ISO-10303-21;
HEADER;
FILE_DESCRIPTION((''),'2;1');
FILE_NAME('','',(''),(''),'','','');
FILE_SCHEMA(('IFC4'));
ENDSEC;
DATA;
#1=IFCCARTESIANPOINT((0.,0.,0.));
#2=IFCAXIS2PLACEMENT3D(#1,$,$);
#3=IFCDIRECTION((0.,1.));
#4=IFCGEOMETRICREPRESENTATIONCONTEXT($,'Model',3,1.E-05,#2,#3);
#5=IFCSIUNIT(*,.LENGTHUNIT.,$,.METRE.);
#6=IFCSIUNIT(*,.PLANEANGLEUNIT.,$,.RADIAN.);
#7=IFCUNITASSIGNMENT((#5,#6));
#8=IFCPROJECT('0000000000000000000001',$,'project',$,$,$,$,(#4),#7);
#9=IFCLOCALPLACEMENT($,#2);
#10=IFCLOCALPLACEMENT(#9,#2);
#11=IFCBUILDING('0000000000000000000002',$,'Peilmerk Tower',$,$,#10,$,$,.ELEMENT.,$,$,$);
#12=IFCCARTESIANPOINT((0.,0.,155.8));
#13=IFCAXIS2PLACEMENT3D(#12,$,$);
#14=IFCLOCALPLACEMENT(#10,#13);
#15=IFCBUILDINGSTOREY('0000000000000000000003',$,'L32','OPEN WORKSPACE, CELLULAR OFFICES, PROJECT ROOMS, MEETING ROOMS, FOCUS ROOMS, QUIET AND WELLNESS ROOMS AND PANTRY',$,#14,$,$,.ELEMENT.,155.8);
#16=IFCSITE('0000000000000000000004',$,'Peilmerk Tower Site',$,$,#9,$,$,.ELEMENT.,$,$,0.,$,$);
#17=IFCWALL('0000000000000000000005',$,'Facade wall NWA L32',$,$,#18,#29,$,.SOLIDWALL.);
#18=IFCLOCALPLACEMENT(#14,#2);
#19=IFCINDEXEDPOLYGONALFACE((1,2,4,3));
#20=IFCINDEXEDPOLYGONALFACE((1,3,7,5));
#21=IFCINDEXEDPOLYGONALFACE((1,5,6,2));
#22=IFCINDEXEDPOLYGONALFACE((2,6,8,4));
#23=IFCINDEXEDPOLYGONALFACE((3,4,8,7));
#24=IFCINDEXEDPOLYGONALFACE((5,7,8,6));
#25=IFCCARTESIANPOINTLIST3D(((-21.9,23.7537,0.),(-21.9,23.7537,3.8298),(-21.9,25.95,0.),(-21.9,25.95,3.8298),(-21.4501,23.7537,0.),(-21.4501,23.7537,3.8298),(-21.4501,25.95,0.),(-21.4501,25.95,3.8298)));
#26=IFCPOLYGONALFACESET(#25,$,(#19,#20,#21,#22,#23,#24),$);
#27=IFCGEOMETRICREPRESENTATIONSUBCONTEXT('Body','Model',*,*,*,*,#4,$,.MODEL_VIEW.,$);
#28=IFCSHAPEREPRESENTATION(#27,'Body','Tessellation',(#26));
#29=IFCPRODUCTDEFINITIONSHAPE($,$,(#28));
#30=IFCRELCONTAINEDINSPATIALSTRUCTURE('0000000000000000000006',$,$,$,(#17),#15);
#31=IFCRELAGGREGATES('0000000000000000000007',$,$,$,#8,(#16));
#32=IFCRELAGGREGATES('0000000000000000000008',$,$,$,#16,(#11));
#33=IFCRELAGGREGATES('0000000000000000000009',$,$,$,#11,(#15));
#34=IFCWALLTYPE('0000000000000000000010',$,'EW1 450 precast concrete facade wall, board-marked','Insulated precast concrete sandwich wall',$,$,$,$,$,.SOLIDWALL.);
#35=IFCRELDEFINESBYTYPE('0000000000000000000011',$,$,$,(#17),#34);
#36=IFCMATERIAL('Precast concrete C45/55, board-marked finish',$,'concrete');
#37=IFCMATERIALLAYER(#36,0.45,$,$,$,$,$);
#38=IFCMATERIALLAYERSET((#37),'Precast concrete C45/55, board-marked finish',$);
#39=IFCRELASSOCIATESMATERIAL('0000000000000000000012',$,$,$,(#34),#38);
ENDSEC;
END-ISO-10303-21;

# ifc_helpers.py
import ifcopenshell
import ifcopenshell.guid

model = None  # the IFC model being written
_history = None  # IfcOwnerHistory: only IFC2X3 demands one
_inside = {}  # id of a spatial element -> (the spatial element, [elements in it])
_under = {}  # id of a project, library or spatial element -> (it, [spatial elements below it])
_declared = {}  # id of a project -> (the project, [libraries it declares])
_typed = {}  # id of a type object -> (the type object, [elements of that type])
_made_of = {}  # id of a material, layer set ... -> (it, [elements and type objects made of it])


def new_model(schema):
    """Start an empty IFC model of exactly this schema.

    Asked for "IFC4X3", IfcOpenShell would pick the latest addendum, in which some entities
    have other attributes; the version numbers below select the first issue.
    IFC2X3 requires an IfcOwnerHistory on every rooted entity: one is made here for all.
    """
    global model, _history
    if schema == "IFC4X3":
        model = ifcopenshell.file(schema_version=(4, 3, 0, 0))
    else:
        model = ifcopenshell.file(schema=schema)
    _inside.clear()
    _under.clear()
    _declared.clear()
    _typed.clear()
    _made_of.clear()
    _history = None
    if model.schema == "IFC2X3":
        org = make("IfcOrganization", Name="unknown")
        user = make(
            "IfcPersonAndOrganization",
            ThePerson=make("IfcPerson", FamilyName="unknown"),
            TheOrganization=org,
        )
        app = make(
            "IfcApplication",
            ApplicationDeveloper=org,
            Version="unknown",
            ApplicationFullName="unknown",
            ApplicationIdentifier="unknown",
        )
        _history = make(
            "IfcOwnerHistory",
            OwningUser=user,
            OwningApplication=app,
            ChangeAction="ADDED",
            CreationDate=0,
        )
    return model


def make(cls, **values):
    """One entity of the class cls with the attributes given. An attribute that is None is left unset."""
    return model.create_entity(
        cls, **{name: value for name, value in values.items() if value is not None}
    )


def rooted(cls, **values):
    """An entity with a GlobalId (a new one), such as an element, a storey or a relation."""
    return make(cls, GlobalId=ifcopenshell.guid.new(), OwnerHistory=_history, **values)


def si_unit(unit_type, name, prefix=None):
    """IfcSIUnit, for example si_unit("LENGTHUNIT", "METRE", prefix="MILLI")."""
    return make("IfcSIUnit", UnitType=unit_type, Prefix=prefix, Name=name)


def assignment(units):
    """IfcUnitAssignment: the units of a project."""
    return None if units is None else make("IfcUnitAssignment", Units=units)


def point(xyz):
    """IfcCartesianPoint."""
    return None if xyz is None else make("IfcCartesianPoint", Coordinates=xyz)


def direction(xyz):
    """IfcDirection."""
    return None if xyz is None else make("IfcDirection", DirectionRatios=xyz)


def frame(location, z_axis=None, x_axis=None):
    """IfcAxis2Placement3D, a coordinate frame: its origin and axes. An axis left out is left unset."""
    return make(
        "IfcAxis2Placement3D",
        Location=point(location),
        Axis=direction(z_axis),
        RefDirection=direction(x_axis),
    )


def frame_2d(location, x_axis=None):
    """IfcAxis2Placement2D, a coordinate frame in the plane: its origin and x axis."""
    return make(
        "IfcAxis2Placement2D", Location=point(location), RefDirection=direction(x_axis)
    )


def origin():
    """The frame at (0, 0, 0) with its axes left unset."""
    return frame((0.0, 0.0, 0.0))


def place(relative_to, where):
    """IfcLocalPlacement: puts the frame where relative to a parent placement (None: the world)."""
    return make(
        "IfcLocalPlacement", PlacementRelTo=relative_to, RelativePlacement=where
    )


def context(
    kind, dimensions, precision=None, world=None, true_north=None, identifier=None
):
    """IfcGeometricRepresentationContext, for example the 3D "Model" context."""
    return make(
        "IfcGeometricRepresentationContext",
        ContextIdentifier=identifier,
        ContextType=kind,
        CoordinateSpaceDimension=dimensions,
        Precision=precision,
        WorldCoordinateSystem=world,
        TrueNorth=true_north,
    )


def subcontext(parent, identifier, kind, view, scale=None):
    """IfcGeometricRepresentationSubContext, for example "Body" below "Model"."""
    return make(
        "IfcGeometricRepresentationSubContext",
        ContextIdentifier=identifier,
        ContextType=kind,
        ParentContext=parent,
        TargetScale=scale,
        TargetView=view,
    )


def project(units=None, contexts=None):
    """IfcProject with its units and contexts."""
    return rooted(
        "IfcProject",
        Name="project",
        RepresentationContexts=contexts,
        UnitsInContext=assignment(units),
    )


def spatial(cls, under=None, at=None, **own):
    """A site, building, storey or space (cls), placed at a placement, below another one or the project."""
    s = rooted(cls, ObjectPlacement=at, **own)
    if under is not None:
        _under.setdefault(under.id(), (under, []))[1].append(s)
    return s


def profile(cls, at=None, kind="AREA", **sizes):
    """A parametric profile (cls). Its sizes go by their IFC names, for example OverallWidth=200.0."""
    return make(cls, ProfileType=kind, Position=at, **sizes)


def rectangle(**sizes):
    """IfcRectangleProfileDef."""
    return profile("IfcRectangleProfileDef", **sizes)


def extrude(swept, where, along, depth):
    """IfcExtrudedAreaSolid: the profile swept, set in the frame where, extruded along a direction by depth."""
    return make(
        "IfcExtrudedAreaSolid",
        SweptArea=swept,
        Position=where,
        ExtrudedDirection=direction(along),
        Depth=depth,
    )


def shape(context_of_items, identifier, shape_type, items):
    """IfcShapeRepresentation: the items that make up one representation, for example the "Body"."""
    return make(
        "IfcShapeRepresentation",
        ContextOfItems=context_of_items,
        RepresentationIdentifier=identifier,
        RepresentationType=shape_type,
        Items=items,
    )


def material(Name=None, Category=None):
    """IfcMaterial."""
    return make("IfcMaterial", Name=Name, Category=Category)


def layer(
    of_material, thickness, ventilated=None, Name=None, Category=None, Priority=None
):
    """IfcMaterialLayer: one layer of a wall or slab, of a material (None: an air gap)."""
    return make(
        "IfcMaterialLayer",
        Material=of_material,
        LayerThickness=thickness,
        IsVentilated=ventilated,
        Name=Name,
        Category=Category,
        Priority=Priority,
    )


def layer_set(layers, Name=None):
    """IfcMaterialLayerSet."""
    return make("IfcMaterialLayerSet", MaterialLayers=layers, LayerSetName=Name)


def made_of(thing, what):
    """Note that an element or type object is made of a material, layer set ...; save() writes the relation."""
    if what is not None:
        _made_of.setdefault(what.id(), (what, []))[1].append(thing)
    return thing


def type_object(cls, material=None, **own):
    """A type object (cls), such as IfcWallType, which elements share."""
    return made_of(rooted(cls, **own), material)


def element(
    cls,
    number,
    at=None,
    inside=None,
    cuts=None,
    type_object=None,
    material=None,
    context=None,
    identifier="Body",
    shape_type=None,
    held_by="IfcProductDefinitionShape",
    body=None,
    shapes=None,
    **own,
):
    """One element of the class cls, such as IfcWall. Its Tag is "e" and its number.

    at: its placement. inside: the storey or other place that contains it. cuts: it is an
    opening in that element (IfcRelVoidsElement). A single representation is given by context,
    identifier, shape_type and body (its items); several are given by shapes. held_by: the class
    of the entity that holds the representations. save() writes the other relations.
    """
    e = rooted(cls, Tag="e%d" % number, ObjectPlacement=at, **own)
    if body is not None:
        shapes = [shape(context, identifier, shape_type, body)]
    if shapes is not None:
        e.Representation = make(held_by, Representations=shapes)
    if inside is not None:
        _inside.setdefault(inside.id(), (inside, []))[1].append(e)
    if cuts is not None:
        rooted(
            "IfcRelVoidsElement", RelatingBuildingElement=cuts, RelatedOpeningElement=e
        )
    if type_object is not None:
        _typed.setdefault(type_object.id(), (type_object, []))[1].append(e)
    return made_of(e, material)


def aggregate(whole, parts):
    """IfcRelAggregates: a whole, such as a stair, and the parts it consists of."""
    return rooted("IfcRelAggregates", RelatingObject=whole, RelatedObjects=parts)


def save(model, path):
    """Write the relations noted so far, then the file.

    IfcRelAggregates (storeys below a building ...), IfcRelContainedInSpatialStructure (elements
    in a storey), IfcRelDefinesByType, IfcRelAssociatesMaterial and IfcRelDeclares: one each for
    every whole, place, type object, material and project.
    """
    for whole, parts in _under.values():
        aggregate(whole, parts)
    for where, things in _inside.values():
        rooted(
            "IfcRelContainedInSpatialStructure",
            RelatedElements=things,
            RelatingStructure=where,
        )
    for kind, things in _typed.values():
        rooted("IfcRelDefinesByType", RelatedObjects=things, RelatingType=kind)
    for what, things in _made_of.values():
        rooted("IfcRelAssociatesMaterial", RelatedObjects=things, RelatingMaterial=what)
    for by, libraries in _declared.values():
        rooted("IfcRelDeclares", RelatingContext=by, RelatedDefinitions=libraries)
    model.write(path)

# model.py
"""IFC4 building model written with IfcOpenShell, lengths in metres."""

from ifc_helpers import new_model, si_unit, direction, frame, frame_2d, origin, place, context, subcontext, project, spatial, rectangle, extrude, material, layer, layer_set, type_object, element, save


model = new_model("IFC4")

# Units and contexts
model_context = context("Model", 3, precision=1e-05, world=origin(), true_north=direction((0.0, 1.0)))
body_context = subcontext(model_context, "Body", "Model", "MODEL_VIEW")
ifc_project = project(units=[si_unit("LENGTHUNIT", "METRE"), si_unit("PLANEANGLEUNIT", "RADIAN")], contexts=[model_context])

# Site, building, storey
site_placement = place(None, origin())
site = spatial("IfcSite", under=ifc_project, at=site_placement, Name="Peilmerk Tower Site", CompositionType="ELEMENT", RefElevation=0.0)
building_placement = place(site_placement, origin())
building = spatial("IfcBuilding", under=site, at=building_placement, Name="Peilmerk Tower", CompositionType="ELEMENT")
storey_placement = place(building_placement, frame((0.0, 0.0, 155.8)))
storey = spatial("IfcBuildingStorey", under=building, at=storey_placement, Name="L32", Description="OPEN WORKSPACE, CELLULAR OFFICES, PROJECT ROOMS, MEETING ROOMS, FOCUS ROOMS, QUIET AND WELLNESS ROOMS AND PANTRY", CompositionType="ELEMENT", Elevation=155.8)

# Shared definitions
ifc_material_1 = material(Name="Precast concrete C45/55, board-marked finish", Category="concrete")
ifc_layer_1 = layer(ifc_material_1, 0.45)
ifc_layer_set_1 = layer_set([ifc_layer_1], Name="Precast concrete C45/55, board-marked finish")
wall_type = type_object("IfcWallType", Name="EW1 450 precast concrete facade wall, board-marked", Description="Insulated precast concrete sandwich wall", PredefinedType="SOLIDWALL", material=ifc_layer_set_1)

# Wall
wall_1_placement = place(storey_placement, frame((-21.675, 23.7537, 0.0), z_axis=(0.0, 0.0, 1.0), x_axis=(0.0, 1.0, 0.0)))
element("IfcWall", 1, at=wall_1_placement, inside=storey, type_object=wall_type, Name="Facade wall NWA L32", PredefinedType="SOLIDWALL", context=body_context, shape_type="SweptSolid", body=[
    extrude(rectangle(XDim=2.1963, YDim=0.45, at=frame_2d((1.0981, 0.0))), origin(), (0.0, 0.0, 1.0), 3.8298),
])

save(model, "model.ifc")
